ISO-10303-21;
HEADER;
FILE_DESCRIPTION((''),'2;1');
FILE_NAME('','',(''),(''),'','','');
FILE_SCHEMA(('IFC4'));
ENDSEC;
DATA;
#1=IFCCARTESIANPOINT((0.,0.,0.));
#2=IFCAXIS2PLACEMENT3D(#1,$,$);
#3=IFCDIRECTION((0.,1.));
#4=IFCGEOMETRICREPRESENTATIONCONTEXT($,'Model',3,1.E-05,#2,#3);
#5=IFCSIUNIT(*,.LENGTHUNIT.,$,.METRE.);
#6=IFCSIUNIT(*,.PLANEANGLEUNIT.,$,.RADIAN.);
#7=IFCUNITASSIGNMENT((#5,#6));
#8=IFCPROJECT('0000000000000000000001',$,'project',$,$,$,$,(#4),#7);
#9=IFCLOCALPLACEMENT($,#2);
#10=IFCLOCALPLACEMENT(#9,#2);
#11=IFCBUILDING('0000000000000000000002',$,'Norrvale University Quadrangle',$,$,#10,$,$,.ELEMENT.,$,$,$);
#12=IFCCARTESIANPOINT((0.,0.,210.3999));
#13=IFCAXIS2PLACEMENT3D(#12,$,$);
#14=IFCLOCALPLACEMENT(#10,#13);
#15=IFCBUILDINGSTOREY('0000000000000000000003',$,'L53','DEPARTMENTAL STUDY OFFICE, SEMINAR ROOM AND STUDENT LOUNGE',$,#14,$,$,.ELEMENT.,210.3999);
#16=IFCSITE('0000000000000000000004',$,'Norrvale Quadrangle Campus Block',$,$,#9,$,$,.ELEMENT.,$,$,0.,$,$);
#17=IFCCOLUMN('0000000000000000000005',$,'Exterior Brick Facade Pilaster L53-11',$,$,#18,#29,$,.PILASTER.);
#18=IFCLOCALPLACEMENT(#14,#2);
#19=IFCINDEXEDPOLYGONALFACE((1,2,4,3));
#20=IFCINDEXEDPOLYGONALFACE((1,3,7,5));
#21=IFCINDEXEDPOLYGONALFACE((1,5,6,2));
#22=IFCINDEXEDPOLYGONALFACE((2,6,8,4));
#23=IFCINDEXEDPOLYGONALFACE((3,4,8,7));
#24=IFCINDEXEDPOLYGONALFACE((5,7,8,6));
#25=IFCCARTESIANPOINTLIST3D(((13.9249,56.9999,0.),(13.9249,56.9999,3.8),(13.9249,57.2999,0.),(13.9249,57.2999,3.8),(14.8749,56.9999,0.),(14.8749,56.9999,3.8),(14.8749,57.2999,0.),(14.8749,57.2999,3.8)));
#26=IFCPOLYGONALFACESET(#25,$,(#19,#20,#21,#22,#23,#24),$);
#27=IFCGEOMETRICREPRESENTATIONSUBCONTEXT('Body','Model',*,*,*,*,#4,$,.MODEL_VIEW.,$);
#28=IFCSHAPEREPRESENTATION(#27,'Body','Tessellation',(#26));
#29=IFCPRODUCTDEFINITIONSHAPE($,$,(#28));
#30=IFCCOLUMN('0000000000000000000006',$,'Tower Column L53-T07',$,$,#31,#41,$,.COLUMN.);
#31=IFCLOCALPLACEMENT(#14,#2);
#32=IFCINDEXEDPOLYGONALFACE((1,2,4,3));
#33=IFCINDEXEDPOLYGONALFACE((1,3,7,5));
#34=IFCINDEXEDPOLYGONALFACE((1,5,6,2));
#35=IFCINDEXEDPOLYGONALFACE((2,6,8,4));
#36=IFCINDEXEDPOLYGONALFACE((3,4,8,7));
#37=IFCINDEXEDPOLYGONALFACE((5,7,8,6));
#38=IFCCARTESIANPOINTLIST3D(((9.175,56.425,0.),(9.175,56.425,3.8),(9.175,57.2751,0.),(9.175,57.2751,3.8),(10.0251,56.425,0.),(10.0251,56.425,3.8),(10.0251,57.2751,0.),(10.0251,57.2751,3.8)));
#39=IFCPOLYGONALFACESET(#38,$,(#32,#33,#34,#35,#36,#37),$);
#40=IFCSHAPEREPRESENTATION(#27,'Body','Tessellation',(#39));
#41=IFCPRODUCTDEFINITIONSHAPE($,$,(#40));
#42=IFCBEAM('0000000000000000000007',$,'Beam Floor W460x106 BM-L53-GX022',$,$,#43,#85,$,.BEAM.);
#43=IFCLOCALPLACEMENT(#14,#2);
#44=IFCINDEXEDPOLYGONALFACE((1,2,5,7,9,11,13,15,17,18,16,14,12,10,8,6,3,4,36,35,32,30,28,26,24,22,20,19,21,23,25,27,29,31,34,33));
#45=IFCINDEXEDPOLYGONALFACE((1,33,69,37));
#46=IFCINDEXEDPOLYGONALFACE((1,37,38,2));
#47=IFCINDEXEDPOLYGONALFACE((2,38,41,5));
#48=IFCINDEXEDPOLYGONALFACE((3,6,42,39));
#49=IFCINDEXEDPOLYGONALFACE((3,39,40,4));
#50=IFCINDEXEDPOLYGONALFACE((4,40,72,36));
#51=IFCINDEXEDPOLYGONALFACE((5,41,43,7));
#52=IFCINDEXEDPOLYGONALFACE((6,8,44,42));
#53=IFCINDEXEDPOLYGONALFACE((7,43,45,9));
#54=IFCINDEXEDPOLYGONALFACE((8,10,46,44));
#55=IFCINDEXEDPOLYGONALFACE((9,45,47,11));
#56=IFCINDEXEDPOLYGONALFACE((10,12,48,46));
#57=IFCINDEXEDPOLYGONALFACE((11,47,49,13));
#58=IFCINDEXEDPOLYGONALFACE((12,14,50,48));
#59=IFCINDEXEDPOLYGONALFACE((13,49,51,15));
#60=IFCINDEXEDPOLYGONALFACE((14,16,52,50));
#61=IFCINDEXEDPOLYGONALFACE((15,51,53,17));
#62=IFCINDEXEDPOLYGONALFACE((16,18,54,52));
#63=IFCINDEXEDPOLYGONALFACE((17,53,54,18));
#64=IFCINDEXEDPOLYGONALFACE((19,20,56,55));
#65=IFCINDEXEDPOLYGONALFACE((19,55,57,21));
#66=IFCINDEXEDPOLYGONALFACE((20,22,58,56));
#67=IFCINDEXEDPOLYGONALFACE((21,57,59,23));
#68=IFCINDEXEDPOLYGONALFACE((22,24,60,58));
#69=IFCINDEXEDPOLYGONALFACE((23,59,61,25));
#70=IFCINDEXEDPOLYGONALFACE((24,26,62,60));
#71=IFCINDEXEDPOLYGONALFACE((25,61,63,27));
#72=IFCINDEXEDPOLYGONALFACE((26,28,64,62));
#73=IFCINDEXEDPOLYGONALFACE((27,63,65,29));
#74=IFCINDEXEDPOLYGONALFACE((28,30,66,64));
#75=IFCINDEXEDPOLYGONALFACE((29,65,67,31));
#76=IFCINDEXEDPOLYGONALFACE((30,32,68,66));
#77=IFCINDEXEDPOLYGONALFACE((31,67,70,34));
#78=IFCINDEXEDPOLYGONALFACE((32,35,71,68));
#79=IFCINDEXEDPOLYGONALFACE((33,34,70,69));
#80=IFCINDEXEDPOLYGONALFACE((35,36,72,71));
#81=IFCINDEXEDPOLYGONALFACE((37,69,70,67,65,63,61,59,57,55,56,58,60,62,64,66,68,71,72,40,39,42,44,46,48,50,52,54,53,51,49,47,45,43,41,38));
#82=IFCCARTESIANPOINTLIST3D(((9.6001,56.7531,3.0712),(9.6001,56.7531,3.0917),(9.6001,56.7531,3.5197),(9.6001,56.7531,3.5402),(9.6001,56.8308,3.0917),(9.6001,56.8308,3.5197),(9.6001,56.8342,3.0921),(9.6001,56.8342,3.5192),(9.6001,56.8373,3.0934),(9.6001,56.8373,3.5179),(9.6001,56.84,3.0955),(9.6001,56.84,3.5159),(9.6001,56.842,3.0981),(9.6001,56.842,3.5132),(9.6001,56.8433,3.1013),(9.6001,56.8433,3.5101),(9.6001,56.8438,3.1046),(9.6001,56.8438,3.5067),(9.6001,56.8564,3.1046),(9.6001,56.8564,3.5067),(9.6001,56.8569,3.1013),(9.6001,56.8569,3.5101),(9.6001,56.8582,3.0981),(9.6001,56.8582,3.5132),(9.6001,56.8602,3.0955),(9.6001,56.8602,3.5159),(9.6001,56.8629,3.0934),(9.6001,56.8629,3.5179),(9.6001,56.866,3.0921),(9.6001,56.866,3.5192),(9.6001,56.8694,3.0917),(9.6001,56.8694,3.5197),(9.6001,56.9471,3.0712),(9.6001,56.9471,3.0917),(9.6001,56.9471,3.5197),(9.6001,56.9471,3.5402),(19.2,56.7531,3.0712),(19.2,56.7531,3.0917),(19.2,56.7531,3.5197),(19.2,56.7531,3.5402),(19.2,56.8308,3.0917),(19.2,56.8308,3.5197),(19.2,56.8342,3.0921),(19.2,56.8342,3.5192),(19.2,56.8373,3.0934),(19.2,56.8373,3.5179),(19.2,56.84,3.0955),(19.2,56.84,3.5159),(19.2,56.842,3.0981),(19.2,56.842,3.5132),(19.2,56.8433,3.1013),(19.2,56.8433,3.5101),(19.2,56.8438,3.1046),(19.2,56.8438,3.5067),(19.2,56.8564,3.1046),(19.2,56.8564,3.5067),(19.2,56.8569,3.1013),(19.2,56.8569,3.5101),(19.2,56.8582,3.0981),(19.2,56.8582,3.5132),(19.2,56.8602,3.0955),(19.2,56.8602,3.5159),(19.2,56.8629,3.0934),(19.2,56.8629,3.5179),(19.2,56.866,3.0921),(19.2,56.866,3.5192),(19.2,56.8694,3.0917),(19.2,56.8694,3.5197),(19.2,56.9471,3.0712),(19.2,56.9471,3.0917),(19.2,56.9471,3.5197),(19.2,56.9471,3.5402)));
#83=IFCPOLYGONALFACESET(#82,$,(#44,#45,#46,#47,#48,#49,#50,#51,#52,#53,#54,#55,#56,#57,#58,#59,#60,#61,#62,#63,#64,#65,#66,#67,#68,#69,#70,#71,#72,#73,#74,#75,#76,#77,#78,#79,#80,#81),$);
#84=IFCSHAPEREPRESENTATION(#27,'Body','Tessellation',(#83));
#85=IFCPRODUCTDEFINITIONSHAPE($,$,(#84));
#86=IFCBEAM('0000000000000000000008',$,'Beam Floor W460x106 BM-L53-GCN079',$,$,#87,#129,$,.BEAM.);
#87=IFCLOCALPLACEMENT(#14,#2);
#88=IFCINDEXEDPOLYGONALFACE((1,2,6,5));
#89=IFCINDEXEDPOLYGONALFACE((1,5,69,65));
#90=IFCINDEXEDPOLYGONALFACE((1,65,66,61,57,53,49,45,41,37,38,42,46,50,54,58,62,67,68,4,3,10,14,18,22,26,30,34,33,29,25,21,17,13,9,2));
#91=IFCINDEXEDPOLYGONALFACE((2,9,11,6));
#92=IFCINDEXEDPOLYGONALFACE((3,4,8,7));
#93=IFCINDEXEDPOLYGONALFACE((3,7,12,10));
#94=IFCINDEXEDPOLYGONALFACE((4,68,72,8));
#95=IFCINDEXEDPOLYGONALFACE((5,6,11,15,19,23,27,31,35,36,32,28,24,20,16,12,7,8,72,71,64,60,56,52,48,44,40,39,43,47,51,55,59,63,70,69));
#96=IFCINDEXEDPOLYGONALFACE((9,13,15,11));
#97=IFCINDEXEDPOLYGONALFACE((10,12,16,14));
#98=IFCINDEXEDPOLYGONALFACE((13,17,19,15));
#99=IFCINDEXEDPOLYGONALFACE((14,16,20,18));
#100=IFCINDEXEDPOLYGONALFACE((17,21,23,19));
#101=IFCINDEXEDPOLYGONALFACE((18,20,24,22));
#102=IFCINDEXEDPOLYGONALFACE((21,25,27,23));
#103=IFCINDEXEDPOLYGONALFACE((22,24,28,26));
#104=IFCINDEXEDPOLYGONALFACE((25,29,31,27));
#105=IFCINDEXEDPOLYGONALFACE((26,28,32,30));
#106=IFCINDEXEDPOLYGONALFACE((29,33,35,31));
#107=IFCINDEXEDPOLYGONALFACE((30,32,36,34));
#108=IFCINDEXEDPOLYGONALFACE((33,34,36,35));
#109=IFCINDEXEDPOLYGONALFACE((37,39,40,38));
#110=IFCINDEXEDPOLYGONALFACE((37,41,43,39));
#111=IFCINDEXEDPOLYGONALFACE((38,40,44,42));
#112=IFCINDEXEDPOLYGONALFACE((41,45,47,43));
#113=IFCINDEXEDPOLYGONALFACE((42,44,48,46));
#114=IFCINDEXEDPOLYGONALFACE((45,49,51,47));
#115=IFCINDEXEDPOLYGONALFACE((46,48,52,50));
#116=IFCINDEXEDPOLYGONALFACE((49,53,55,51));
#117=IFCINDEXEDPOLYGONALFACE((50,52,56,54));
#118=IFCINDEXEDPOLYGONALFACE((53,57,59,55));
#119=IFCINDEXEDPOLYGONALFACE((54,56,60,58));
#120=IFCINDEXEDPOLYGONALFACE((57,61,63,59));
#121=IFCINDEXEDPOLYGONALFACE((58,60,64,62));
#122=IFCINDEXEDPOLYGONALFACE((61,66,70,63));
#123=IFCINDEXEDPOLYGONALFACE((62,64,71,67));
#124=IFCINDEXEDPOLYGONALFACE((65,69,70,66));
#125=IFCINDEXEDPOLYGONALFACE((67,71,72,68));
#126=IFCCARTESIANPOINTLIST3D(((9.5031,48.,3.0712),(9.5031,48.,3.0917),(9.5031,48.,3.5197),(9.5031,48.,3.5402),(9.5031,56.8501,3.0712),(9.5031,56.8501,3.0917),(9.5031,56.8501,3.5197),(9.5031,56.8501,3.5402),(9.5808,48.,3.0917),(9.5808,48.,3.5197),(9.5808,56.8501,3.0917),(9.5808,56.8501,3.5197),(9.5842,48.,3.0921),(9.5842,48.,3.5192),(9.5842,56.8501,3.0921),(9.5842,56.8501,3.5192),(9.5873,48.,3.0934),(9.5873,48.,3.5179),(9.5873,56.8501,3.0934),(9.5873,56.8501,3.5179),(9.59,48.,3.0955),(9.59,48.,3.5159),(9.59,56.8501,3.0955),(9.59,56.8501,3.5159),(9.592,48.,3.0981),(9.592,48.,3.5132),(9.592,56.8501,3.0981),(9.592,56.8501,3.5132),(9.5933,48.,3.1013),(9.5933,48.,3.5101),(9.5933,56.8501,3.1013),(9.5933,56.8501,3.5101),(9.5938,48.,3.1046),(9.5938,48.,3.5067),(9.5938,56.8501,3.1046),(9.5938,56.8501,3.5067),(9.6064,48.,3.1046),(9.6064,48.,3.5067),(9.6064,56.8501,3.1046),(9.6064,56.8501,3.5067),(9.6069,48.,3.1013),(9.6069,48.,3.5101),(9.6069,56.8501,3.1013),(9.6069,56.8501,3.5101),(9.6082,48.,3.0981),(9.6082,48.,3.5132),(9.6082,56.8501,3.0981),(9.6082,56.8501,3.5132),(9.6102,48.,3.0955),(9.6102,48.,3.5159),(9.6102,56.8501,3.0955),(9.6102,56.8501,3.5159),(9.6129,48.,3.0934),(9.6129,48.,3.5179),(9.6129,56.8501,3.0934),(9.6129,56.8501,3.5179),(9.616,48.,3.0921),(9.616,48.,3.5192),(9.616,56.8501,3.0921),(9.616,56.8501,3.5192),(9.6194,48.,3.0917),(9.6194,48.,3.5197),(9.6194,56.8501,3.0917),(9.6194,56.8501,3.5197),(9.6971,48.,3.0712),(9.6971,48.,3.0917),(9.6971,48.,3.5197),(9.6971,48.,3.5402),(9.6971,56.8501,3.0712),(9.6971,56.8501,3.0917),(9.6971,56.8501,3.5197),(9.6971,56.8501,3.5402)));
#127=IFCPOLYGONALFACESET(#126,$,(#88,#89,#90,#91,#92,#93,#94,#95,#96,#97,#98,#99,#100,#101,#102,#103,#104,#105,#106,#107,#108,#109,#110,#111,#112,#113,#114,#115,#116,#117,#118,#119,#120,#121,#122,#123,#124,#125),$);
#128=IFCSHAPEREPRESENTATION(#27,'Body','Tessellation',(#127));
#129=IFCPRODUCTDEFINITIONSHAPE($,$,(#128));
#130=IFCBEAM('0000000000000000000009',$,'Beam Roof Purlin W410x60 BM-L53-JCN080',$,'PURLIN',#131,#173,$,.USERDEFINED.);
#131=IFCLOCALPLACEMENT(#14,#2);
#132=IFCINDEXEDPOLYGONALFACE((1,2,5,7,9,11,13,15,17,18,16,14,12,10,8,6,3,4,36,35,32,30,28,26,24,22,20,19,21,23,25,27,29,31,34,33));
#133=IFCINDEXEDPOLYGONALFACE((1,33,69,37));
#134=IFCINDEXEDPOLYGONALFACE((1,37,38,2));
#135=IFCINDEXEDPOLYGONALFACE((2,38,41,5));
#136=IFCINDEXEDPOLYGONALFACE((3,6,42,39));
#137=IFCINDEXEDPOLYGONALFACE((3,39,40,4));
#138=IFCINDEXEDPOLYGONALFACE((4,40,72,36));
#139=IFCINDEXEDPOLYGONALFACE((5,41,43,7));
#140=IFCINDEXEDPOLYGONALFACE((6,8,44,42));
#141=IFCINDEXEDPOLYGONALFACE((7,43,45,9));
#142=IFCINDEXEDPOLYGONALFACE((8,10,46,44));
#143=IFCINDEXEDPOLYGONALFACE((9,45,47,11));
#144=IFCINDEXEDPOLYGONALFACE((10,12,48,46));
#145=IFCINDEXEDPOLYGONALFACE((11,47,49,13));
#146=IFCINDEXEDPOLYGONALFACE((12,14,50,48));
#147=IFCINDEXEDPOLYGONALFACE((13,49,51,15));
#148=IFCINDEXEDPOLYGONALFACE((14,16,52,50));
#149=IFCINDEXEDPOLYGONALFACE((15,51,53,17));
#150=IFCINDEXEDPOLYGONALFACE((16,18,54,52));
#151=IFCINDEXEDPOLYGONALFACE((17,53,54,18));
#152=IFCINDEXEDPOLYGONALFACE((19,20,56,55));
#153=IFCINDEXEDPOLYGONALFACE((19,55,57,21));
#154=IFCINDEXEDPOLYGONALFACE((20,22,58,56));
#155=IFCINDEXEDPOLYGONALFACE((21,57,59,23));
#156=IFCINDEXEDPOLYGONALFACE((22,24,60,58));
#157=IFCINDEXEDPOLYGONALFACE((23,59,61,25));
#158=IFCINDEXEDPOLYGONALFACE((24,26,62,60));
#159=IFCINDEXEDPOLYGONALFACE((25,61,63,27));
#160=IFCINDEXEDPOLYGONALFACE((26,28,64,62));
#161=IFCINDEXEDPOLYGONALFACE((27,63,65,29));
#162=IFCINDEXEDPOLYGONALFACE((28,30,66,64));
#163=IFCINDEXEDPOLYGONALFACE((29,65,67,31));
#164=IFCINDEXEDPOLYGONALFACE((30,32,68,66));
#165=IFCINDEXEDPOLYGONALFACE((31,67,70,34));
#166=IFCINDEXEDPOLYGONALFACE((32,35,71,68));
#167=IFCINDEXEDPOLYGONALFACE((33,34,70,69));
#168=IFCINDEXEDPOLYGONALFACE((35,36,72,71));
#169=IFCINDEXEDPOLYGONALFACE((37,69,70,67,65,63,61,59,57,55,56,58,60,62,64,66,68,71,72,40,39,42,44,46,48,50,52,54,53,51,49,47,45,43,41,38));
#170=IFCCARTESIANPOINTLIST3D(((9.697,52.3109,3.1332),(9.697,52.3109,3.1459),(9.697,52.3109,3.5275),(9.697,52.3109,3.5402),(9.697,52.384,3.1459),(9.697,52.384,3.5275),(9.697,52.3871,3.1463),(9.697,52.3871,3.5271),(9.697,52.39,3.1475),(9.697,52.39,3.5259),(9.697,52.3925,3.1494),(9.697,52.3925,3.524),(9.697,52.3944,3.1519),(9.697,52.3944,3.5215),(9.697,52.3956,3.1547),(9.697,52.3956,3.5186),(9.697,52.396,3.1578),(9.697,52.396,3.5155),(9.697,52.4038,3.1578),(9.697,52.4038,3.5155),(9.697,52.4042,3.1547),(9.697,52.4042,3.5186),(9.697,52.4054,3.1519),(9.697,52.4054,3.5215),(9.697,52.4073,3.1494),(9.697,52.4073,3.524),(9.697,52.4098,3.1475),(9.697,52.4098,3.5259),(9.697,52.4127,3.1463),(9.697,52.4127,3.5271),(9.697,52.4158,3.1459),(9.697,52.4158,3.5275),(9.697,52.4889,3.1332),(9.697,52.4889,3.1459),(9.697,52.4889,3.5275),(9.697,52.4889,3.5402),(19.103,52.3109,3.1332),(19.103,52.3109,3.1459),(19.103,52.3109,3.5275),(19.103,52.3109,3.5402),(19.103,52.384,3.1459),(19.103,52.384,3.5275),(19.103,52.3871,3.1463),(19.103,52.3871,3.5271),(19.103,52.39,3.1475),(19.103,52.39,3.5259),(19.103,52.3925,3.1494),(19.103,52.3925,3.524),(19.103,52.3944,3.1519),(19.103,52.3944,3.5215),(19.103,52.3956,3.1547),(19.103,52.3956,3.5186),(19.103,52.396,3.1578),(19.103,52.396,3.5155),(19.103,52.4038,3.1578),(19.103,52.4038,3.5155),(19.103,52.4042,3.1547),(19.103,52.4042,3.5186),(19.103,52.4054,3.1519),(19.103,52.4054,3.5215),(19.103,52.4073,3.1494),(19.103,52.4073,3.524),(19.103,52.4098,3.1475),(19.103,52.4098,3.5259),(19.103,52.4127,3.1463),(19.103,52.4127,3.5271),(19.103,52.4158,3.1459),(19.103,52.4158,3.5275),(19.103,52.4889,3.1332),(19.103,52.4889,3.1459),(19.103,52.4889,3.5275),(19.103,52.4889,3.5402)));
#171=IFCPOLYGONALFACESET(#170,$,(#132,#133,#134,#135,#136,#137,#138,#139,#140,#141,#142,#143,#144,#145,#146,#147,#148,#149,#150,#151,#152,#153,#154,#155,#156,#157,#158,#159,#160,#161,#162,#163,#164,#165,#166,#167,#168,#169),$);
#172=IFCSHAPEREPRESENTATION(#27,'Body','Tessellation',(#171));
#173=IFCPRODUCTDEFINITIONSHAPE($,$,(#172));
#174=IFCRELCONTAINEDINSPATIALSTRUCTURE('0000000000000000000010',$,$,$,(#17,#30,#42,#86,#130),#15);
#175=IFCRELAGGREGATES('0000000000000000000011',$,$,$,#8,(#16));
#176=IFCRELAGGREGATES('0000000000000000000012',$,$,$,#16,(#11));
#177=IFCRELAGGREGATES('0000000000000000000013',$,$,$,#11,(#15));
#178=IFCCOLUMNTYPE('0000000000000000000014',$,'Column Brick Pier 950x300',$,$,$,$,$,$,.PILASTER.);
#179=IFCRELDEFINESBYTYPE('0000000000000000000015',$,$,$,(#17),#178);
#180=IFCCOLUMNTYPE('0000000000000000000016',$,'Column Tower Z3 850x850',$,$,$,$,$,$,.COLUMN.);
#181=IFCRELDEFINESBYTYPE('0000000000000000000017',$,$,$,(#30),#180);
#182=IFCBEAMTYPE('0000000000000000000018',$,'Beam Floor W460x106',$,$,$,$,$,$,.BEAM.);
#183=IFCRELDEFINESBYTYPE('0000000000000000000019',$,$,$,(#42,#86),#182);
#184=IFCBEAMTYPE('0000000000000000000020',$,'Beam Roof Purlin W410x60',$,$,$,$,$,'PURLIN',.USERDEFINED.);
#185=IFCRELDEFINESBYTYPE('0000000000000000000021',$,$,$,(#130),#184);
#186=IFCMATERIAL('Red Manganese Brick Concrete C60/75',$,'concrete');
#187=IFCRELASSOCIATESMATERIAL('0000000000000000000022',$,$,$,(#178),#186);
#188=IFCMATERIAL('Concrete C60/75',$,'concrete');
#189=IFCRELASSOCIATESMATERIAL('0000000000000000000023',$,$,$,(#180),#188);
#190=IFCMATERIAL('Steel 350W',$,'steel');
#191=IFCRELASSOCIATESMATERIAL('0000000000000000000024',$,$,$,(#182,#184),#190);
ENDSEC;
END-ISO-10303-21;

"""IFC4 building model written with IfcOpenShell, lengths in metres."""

from ifc_helpers import new_model, si_unit, direction, frame, origin, origin_2d, place, context, subcontext, project, spatial, rectangle, i_section, extrude, material, material_profile, profile_set, type_object, element, save


model = new_model("IFC4")

# Units and contexts
model_context = context("Model", 3, precision=1e-05, world=origin(), true_north=direction((0.0, 1.0)))
body_context = subcontext(model_context, "Body", "Model", "MODEL_VIEW")
ifc_project = project(units=[si_unit("LENGTHUNIT", "METRE"), si_unit("PLANEANGLEUNIT", "RADIAN")], contexts=[model_context])

# Site, building, storey
site_placement = place(None, origin())
site = spatial("IfcSite", under=ifc_project, at=site_placement, Name="Norrvale Quadrangle Campus Block", CompositionType="ELEMENT", RefElevation=0.0)
building_placement = place(site_placement, origin())
building = spatial("IfcBuilding", under=site, at=building_placement, Name="Norrvale University Quadrangle", CompositionType="ELEMENT")
storey_placement = place(building_placement, frame((0.0, 0.0, 210.3999)))
storey = spatial("IfcBuildingStorey", under=building, at=storey_placement, Name="L53", Description="DEPARTMENTAL STUDY OFFICE, SEMINAR ROOM AND STUDENT LOUNGE", CompositionType="ELEMENT", Elevation=210.3999)

# Columns
ifc_material_1 = material(Name="Red Manganese Brick Concrete C60/75", Category="concrete")
ifc_material_profile_1 = material_profile(ifc_material_1, rectangle(XDim=0.95, YDim=0.3, at=origin_2d()), Name="Red Manganese Brick Concrete C60/75")
ifc_profile_set_1 = profile_set([ifc_material_profile_1], Name="Red Manganese Brick Concrete C60/75")
column_type_1 = type_object("IfcColumnType", Name="Column Brick Pier 950x300", PredefinedType="PILASTER", material=ifc_profile_set_1)
column_1_placement = place(storey_placement, frame((14.3999, 57.1499, 0.0), z_axis=(0.0, 0.0, 1.0), x_axis=(1.0, 0.0, 0.0)))
element("IfcColumn", 1, at=column_1_placement, inside=storey, type_object=column_type_1, Name="Exterior Brick Facade Pilaster L53-11", PredefinedType="PILASTER", context=body_context, shape_type="SweptSolid", body=[
    extrude(rectangle(XDim=0.95, YDim=0.3, at=origin_2d()), origin(), (0.0, 0.0, 1.0), 3.8),
])
ifc_material_2 = material(Name="Concrete C60/75", Category="concrete")
ifc_material_profile_2 = material_profile(ifc_material_2, rectangle(XDim=0.8501, YDim=0.8501, at=origin_2d()), Name="Concrete C60/75")
ifc_profile_set_2 = profile_set([ifc_material_profile_2], Name="Concrete C60/75")
column_type_2 = type_object("IfcColumnType", Name="Column Tower Z3 850x850", PredefinedType="COLUMN", material=ifc_profile_set_2)
column_2_placement = place(storey_placement, frame((9.6001, 56.8501, 0.0), z_axis=(0.0, 0.0, 1.0), x_axis=(1.0, 0.0, 0.0)))
element("IfcColumn", 2, at=column_2_placement, inside=storey, type_object=column_type_2, Name="Tower Column L53-T07", PredefinedType="COLUMN", context=body_context, shape_type="SweptSolid", body=[
    extrude(rectangle(XDim=0.8501, YDim=0.8501, at=origin_2d()), origin(), (0.0, 0.0, 1.0), 3.8),
])

# Beams
ifc_material_3 = material(Name="Steel 350W", Category="steel")
ifc_material_profile_3 = material_profile(ifc_material_3, i_section(OverallWidth=0.1941, OverallDepth=0.469, WebThickness=0.0127, FlangeThickness=0.0205, FilletRadius=0.0129, at=origin_2d()), Name="Steel 350W")
ifc_profile_set_3 = profile_set([ifc_material_profile_3], Name="Steel 350W")
beam_type_1 = type_object("IfcBeamType", Name="Beam Floor W460x106", PredefinedType="BEAM", material=ifc_profile_set_3)
beam_1_placement = place(storey_placement, frame((9.6001, 56.8501, 3.3057), z_axis=(1.0, 0.0, 0.0), x_axis=(0.0, 1.0, 0.0)))
element("IfcBeam", 3, at=beam_1_placement, inside=storey, type_object=beam_type_1, Name="Beam Floor W460x106 BM-L53-GX022", PredefinedType="BEAM", context=body_context, shape_type="SweptSolid", body=[
    extrude(i_section(OverallWidth=0.1941, OverallDepth=0.469, WebThickness=0.0127, FlangeThickness=0.0205, FilletRadius=0.0129, at=origin_2d()), origin(), (0.0, 0.0, 1.0), 9.5999),
])
beam_2_placement = place(storey_placement, frame((9.6001, 48.0, 3.3057), z_axis=(0.0, 1.0, 0.0), x_axis=(-1.0, 0.0, 0.0)))
element("IfcBeam", 4, at=beam_2_placement, inside=storey, type_object=beam_type_1, Name="Beam Floor W460x106 BM-L53-GCN079", PredefinedType="BEAM", context=body_context, shape_type="SweptSolid", body=[
    extrude(i_section(OverallWidth=0.1941, OverallDepth=0.469, WebThickness=0.0127, FlangeThickness=0.0205, FilletRadius=0.0129, at=origin_2d()), origin(), (0.0, 0.0, 1.0), 8.8501),
])
ifc_material_profile_4 = material_profile(ifc_material_3, i_section(OverallWidth=0.178, OverallDepth=0.407, WebThickness=0.0078, FlangeThickness=0.0127, FilletRadius=0.012, at=origin_2d()), Name="Steel 350W")
ifc_profile_set_4 = profile_set([ifc_material_profile_4], Name="Steel 350W")
beam_type_2 = type_object("IfcBeamType", Name="Beam Roof Purlin W410x60", ElementType="PURLIN", PredefinedType="USERDEFINED", material=ifc_profile_set_4)
beam_3_placement = place(storey_placement, frame((9.697, 52.3999, 3.3367), z_axis=(1.0, 0.0, 0.0), x_axis=(0.0, 1.0, 0.0)))
element("IfcBeam", 5, at=beam_3_placement, inside=storey, type_object=beam_type_2, Name="Beam Roof Purlin W410x60 BM-L53-JCN080", ObjectType="PURLIN", PredefinedType="USERDEFINED", context=body_context, shape_type="SweptSolid", body=[
    extrude(i_section(OverallWidth=0.178, OverallDepth=0.407, WebThickness=0.0078, FlangeThickness=0.0127, FilletRadius=0.012, at=origin_2d()), origin(), (0.0, 0.0, 1.0), 9.406),
])

save(model, "model.ifc")
